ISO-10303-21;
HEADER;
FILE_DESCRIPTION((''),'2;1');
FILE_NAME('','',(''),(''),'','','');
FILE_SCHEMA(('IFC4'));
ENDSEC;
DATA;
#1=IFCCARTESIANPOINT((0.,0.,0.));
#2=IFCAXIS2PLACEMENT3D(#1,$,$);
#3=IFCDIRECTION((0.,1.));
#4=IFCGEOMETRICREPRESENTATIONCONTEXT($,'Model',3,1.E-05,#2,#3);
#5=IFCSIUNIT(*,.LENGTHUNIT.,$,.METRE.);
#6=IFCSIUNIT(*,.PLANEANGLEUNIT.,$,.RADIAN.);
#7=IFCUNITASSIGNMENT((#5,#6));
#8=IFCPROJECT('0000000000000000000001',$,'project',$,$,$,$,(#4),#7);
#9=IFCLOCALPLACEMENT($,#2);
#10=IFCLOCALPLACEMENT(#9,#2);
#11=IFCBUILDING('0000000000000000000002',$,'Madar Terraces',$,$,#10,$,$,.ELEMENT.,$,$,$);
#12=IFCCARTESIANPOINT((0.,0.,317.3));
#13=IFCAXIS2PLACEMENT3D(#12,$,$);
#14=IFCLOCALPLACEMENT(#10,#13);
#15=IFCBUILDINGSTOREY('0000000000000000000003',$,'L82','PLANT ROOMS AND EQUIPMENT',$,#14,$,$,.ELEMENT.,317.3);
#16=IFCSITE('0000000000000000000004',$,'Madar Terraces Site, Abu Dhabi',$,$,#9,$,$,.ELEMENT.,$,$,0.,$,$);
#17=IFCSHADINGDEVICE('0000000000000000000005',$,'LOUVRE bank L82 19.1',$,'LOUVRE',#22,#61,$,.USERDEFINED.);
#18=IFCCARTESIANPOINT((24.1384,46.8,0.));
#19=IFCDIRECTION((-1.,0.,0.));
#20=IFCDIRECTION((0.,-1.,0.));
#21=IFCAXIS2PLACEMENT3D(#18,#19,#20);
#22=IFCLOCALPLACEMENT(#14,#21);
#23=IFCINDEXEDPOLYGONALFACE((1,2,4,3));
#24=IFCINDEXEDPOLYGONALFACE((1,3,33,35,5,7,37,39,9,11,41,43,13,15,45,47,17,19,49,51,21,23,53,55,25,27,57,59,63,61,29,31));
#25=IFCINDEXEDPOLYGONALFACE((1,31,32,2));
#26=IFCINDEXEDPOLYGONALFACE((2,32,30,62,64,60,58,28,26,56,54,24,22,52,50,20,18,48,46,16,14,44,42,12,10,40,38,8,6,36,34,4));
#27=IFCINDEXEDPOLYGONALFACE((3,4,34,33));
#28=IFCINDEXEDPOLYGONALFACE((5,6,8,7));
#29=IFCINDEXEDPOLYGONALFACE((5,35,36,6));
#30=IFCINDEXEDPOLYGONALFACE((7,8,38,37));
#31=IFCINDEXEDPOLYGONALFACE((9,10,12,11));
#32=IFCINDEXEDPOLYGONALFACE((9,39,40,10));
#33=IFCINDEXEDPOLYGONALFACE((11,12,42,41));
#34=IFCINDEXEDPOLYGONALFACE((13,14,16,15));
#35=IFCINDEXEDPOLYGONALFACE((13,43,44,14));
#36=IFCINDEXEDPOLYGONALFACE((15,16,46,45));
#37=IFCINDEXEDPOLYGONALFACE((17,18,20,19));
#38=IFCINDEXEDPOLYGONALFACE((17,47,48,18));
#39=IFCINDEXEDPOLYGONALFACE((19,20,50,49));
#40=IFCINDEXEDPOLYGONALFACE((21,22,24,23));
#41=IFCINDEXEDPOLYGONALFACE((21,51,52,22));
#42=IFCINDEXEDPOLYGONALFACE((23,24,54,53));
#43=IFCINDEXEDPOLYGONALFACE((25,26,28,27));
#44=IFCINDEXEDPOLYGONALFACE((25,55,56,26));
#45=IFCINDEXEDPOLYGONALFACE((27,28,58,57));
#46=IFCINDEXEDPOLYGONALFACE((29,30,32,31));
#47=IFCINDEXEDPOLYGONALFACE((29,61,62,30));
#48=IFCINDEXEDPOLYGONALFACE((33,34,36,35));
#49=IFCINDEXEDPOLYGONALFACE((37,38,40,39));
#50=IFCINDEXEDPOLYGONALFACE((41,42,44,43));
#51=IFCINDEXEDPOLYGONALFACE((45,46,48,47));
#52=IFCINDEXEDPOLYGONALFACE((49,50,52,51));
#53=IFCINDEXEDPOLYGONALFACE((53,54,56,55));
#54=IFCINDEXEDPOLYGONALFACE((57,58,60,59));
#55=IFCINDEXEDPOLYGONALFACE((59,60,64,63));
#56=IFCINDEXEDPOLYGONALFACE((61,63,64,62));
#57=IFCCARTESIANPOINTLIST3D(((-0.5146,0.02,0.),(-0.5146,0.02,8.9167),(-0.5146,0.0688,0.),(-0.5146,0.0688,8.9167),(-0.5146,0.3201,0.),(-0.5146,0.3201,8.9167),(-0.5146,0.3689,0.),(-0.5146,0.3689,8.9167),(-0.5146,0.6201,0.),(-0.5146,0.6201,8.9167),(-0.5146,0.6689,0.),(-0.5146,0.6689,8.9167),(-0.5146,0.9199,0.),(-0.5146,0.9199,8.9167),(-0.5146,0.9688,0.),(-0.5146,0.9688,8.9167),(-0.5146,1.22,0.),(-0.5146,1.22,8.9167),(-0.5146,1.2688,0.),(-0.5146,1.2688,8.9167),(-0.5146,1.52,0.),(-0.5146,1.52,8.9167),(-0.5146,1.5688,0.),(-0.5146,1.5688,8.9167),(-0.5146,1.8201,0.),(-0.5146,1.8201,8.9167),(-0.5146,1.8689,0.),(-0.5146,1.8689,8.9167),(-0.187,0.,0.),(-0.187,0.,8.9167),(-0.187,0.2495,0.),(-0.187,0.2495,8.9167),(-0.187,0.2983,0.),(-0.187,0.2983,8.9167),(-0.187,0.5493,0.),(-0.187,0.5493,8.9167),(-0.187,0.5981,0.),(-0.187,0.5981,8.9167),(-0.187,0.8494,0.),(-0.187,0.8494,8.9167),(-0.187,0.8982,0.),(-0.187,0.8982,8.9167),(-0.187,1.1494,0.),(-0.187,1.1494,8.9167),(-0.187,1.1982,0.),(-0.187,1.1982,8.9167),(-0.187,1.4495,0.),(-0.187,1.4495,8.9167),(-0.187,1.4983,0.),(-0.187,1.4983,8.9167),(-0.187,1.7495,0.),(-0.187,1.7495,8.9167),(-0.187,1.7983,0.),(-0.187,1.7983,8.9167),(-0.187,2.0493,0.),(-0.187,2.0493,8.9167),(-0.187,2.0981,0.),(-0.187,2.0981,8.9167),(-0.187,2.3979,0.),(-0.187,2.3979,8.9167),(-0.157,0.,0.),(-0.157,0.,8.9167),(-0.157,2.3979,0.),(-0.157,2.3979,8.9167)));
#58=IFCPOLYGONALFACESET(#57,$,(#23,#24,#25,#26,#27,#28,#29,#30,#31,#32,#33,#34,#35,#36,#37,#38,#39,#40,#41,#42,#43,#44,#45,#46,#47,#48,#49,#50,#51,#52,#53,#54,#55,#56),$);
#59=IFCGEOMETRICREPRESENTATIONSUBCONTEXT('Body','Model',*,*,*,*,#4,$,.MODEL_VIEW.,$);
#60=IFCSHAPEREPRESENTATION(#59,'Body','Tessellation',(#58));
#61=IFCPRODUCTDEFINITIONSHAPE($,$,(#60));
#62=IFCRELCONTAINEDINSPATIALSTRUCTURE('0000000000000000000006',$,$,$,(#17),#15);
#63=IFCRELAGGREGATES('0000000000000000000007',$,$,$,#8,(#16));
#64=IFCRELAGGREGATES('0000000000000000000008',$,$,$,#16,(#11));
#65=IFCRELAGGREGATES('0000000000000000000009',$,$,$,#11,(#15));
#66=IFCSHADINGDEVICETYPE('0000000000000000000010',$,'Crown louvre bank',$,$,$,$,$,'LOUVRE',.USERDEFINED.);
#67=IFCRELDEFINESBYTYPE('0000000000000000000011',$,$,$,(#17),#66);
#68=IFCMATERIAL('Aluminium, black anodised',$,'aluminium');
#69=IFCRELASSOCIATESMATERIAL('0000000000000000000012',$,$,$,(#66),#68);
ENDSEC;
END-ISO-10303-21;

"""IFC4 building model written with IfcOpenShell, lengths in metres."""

from ifc_helpers import new_model, si_unit, direction, frame, origin, place, context, subcontext, project, spatial, polyline, outline, extrude, material, type_object, element, save


model = new_model("IFC4")

# Units and contexts
model_context = context("Model", 3, precision=1e-05, world=origin(), true_north=direction((0.0, 1.0)))
body_context = subcontext(model_context, "Body", "Model", "MODEL_VIEW")
ifc_project = project(units=[si_unit("LENGTHUNIT", "METRE"), si_unit("PLANEANGLEUNIT", "RADIAN")], contexts=[model_context])

# Site, building, storey
site_placement = place(None, origin())
site = spatial("IfcSite", under=ifc_project, at=site_placement, Name="Madar Terraces Site, Abu Dhabi", CompositionType="ELEMENT", RefElevation=0.0)
building_placement = place(site_placement, origin())
building = spatial("IfcBuilding", under=site, at=building_placement, Name="Madar Terraces", CompositionType="ELEMENT")
storey_placement = place(building_placement, frame((0.0, 0.0, 317.3)))
storey = spatial("IfcBuildingStorey", under=building, at=storey_placement, Name="L82", Description="PLANT ROOMS AND EQUIPMENT", CompositionType="ELEMENT", Elevation=317.3)

# Shading device
ifc_material_1 = material(Name="Aluminium, black anodised", Category="aluminium")
shading_device_type = type_object("IfcShadingDeviceType", Name="Crown louvre bank", ElementType="LOUVRE", PredefinedType="USERDEFINED", material=ifc_material_1)
shading_device_1_placement = place(storey_placement, frame((24.1384, 46.8, 0.0), z_axis=(-1.0, 0.0, 0.0), x_axis=(0.0, -1.0, 0.0)))
element("IfcShadingDevice", 1, at=shading_device_1_placement, inside=storey, type_object=shading_device_type, Name="LOUVRE bank L82 19.1", ObjectType="LOUVRE", PredefinedType="USERDEFINED", context=body_context, shape_type="SweptSolid", body=[
    extrude(outline(polyline([(-0.157, 0.0), (-0.187, 0.0), (-0.187, 0.2495), (-0.5146, 0.02), (-0.5146, 0.0688), (-0.187, 0.2983), (-0.187, 0.5493), (-0.5146, 0.3201), (-0.5146, 0.3689), (-0.187, 0.5981), (-0.187, 0.8494), (-0.5146, 0.6201), (-0.5146, 0.6689), (-0.187, 0.8982), (-0.187, 1.1494), (-0.5146, 0.9199), (-0.5146, 0.9688), (-0.187, 1.1982), (-0.187, 1.4495), (-0.5146, 1.22), (-0.5146, 1.2688), (-0.187, 1.4983), (-0.187, 1.7495), (-0.5146, 1.52), (-0.5146, 1.5688), (-0.187, 1.7983), (-0.187, 2.0493), (-0.5146, 1.8201), (-0.5146, 1.8689), (-0.187, 2.0981), (-0.187, 2.3979), (-0.157, 2.3979), (-0.157, 0.0)])), origin(), (0.0, 0.0, 1.0), 8.9167),
])

save(model, "model.ifc")
